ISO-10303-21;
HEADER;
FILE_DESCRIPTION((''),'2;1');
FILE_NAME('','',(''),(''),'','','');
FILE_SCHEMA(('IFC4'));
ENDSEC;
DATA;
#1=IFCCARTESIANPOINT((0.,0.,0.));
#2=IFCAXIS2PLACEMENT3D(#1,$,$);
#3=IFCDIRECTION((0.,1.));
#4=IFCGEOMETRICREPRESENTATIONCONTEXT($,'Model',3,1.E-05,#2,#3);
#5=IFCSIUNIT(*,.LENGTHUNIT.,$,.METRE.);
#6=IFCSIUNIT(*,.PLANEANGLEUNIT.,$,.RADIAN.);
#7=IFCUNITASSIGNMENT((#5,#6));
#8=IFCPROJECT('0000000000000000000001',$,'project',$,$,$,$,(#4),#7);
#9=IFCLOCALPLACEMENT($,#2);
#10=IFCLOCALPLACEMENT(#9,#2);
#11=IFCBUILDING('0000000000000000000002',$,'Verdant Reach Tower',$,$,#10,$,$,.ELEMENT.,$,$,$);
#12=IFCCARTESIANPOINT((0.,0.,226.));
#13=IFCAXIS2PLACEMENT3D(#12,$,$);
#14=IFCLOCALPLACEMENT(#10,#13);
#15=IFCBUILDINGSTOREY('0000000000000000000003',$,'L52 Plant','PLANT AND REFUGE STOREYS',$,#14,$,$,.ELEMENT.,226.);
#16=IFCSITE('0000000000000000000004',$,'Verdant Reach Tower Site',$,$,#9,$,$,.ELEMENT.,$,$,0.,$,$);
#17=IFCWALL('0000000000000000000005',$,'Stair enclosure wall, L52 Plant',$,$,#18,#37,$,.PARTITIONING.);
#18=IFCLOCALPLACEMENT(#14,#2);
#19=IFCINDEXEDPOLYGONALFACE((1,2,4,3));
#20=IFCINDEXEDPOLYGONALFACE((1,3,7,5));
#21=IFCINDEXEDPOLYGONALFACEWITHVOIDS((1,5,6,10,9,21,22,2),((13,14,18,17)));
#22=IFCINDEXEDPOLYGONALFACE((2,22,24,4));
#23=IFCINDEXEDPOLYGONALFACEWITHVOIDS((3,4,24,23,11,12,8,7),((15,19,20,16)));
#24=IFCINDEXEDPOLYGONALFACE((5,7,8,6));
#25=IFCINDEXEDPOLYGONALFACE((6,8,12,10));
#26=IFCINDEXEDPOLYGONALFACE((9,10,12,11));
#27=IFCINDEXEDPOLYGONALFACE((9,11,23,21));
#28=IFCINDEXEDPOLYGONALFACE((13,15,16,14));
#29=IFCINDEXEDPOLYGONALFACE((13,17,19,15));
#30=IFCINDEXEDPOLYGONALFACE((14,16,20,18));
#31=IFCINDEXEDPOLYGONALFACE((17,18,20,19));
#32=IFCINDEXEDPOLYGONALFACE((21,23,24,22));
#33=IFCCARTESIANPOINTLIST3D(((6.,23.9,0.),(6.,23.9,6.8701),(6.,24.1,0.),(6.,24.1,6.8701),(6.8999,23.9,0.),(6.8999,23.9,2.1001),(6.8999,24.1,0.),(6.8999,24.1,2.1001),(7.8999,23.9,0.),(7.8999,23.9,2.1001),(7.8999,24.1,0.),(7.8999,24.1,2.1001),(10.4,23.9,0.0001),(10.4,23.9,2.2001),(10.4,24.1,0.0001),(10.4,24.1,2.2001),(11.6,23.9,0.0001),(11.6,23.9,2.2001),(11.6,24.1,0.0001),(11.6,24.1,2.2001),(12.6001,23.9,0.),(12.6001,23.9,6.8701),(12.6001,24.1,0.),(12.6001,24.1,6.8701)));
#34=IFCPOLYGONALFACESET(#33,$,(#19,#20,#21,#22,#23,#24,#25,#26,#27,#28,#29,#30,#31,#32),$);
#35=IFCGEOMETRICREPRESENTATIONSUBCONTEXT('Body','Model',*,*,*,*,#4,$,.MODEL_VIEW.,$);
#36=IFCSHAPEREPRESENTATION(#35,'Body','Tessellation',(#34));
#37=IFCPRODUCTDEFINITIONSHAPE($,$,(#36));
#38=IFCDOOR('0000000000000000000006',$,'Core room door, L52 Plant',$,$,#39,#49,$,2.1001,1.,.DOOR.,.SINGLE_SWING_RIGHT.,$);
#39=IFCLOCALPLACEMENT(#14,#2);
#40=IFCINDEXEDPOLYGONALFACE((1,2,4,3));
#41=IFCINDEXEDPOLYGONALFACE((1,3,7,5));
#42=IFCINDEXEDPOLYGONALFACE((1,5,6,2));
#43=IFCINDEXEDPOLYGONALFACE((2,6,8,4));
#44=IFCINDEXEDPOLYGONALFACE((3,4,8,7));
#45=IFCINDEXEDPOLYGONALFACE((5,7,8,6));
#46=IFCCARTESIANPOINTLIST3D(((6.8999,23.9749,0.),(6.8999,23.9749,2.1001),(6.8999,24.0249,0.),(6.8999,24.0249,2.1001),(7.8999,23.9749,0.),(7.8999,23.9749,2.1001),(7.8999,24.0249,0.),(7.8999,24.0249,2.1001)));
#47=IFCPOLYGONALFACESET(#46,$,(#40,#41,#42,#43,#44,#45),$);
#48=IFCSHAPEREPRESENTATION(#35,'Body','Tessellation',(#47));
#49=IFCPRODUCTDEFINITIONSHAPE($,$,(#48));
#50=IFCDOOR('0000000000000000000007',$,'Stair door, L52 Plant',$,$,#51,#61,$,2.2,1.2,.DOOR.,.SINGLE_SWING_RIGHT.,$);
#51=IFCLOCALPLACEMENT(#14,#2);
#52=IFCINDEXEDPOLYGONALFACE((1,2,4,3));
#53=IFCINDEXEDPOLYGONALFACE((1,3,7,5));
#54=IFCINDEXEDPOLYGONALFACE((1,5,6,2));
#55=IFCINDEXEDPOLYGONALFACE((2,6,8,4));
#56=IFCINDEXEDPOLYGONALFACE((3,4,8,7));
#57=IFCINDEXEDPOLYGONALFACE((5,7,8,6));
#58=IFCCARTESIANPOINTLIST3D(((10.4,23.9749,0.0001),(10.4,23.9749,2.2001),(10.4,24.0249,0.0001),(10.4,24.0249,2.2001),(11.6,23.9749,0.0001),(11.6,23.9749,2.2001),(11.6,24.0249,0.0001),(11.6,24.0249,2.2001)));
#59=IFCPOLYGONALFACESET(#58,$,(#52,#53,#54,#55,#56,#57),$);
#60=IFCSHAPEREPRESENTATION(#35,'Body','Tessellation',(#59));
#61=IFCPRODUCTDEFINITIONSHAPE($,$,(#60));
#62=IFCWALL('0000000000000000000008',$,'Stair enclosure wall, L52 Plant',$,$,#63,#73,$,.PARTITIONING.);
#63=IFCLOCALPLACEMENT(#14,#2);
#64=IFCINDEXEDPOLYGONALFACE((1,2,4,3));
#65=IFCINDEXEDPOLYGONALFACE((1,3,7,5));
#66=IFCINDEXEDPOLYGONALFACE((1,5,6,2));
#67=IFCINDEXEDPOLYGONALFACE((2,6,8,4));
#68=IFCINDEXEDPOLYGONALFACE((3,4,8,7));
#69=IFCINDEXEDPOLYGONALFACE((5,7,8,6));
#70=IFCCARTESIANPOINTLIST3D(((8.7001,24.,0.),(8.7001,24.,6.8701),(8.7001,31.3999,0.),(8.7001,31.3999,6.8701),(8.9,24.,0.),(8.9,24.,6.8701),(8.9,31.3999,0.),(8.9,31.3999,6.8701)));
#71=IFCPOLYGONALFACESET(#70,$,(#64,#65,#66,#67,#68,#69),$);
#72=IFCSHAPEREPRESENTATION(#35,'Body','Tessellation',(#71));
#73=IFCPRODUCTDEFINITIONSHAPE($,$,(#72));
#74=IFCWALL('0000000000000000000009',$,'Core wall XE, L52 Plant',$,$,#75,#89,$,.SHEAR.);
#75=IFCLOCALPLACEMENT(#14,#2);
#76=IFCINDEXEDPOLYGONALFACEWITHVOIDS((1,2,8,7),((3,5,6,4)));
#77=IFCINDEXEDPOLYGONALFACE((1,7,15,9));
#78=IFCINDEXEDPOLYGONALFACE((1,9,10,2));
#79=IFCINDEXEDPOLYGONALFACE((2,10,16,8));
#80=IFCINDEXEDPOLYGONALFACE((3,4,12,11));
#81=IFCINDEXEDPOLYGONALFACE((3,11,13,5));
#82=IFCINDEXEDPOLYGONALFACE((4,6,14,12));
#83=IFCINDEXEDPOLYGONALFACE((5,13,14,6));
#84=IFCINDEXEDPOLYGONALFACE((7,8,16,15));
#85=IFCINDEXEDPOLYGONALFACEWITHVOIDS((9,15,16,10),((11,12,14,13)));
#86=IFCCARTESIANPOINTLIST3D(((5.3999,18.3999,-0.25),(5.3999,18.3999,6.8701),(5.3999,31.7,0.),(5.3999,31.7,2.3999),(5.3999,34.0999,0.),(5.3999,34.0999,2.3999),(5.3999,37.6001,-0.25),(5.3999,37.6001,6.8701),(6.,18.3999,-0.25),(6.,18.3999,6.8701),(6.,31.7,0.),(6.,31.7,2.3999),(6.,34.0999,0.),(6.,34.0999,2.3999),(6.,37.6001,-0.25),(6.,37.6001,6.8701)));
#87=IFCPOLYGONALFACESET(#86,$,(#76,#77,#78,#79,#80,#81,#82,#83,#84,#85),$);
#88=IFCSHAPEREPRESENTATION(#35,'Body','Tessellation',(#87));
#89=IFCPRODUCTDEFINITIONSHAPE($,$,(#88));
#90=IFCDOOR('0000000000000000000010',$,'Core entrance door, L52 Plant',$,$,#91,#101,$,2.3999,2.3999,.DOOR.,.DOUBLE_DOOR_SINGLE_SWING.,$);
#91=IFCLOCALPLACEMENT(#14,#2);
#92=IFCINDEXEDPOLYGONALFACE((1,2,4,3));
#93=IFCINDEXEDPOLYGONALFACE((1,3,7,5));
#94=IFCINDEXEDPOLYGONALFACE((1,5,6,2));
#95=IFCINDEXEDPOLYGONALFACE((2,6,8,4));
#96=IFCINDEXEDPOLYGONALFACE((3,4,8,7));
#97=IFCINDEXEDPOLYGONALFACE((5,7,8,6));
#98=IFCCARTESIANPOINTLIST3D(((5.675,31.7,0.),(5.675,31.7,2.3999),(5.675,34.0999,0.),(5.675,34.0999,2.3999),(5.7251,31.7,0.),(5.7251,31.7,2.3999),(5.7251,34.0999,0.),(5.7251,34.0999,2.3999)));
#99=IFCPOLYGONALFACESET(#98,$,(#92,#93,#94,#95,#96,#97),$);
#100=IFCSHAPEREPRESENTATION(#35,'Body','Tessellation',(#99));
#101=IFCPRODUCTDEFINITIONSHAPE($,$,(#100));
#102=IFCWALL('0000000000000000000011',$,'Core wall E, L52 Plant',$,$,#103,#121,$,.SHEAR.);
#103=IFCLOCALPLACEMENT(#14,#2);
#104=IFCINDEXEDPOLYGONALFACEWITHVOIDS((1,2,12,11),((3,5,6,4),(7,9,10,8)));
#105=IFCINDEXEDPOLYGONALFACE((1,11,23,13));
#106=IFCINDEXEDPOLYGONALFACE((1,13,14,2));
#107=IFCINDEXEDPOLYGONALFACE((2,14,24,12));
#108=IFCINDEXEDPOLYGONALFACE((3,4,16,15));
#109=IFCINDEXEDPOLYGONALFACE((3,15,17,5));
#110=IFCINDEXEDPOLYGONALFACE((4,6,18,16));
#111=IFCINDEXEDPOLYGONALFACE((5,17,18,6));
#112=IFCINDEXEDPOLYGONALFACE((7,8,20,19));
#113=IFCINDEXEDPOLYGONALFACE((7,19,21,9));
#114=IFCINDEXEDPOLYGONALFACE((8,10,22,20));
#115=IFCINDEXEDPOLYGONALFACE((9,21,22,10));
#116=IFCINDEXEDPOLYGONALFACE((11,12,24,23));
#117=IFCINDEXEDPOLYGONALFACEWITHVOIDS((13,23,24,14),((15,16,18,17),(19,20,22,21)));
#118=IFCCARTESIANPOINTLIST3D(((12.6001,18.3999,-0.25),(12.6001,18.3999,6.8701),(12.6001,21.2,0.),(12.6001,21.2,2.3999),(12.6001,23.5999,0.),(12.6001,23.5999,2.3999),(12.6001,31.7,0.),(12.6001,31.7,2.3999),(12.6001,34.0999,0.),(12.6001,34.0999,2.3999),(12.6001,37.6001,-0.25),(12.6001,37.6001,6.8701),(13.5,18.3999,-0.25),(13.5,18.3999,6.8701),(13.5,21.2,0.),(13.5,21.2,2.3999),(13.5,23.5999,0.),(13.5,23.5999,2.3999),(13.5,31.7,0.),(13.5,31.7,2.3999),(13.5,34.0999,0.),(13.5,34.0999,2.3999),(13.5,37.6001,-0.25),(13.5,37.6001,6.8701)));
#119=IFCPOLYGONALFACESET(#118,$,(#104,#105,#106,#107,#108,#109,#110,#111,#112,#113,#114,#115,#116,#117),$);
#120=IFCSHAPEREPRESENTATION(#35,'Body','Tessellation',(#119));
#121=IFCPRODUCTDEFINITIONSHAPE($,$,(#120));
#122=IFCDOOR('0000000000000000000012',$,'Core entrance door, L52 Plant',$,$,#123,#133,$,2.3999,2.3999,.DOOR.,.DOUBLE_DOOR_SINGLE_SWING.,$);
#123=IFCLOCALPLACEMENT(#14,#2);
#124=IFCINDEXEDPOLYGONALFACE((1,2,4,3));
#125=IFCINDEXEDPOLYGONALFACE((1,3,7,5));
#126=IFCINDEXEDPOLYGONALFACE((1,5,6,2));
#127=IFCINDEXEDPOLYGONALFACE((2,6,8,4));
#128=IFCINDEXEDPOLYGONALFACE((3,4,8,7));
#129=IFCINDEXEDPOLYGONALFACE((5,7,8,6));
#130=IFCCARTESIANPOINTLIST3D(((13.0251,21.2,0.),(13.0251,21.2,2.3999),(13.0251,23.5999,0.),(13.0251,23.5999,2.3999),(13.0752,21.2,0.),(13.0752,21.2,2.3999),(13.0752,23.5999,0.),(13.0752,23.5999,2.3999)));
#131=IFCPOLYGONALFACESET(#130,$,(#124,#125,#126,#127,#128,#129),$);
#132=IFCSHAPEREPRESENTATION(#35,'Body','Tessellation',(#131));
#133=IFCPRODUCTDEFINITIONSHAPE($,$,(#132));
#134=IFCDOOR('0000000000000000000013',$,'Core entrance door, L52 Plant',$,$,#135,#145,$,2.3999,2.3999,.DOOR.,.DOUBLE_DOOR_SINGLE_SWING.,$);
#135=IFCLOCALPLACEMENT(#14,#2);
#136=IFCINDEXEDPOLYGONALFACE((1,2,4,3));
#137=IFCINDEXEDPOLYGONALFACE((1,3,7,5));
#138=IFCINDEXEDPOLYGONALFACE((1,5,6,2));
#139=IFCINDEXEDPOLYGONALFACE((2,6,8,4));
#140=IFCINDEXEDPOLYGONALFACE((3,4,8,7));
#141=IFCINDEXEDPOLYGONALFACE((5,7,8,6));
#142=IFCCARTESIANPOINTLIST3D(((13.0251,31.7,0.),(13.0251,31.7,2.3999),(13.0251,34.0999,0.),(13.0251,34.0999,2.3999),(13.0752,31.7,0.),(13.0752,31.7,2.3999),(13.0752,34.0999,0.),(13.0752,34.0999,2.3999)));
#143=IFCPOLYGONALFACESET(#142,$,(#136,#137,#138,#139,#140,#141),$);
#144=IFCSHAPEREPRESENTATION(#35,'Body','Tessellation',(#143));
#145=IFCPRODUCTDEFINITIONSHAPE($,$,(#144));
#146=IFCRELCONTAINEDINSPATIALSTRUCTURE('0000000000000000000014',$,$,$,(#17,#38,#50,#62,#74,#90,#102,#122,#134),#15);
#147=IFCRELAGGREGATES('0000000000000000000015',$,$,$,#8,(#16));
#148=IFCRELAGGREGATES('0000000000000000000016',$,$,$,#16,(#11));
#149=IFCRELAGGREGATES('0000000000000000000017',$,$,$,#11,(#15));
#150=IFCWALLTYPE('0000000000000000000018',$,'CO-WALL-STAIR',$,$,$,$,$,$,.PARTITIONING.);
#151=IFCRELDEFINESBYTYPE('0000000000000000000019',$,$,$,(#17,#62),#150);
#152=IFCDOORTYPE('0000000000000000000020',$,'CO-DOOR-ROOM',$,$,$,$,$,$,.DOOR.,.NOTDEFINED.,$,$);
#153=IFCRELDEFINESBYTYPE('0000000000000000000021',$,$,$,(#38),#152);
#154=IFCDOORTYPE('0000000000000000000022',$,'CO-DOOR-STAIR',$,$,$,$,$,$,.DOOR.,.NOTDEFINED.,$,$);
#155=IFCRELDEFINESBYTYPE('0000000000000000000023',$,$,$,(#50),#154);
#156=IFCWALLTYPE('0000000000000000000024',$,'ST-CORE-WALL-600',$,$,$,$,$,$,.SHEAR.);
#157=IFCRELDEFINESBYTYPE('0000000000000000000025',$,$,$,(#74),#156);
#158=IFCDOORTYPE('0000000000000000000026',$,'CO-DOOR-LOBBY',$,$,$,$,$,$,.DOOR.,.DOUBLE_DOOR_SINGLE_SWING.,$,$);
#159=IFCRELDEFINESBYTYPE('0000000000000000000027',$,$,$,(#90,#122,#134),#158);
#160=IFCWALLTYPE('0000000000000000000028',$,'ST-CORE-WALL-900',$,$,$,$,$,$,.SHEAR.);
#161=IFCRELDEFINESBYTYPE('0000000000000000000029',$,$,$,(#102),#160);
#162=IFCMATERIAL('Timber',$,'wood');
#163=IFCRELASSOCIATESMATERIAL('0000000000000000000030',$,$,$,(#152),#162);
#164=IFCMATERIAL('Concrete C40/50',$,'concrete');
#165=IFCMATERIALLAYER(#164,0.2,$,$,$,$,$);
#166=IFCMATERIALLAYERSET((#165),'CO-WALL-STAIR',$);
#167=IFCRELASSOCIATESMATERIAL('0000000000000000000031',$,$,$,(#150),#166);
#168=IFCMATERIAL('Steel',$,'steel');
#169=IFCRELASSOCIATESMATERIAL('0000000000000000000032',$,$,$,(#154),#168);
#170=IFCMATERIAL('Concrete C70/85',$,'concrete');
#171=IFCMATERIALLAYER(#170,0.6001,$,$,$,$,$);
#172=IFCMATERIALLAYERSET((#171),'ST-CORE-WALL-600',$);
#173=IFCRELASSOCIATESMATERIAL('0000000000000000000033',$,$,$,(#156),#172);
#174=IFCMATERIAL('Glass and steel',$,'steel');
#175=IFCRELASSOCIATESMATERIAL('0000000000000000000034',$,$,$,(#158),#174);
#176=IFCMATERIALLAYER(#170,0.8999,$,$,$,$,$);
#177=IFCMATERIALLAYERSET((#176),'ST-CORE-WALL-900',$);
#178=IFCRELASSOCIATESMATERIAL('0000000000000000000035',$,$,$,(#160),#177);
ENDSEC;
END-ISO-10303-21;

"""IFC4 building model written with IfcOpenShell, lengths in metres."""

from ifc_helpers import new_model, si_unit, direction, frame, frame_2d, origin, place, context, subcontext, project, spatial, rectangle, extrude, material, layer, layer_set, type_object, element, fill, save


model = new_model("IFC4")

# Units and contexts
model_context = context("Model", 3, precision=1e-05, world=origin(), true_north=direction((0.0, 1.0)))
body_context = subcontext(model_context, "Body", "Model", "MODEL_VIEW")
ifc_project = project(units=[si_unit("LENGTHUNIT", "METRE"), si_unit("PLANEANGLEUNIT", "RADIAN")], contexts=[model_context])

# Site, building, storey
site_placement = place(None, origin())
site = spatial("IfcSite", under=ifc_project, at=site_placement, Name="Verdant Reach Tower Site", CompositionType="ELEMENT", RefElevation=0.0)
building_placement = place(site_placement, origin())
building = spatial("IfcBuilding", under=site, at=building_placement, Name="Verdant Reach Tower", CompositionType="ELEMENT")
storey_placement = place(building_placement, frame((0.0, 0.0, 226.0)))
storey = spatial("IfcBuildingStorey", under=building, at=storey_placement, Name="L52 Plant", Description="PLANT AND REFUGE STOREYS", CompositionType="ELEMENT", Elevation=226.0)

# Shared definitions
ifc_material_1 = material(Name="Timber", Category="wood")
door_type_1 = type_object("IfcDoorType", Name="CO-DOOR-ROOM", OperationType="NOTDEFINED", PredefinedType="DOOR", material=ifc_material_1)

# Shared definitions
ifc_material_2 = material(Name="Concrete C40/50", Category="concrete")

# Wall, openings, doors
ifc_layer_1 = layer(ifc_material_2, 0.2)
ifc_layer_set_1 = layer_set([ifc_layer_1], Name="CO-WALL-STAIR")
wall_type_1 = type_object("IfcWallType", Name="CO-WALL-STAIR", PredefinedType="PARTITIONING", material=ifc_layer_set_1)
wall_1_placement = place(storey_placement, frame((6.0, 24.0, 0.0), z_axis=(0.0, 0.0, 1.0), x_axis=(1.0, 0.0, 0.0)))
wall_1 = element("IfcWall", 1, at=wall_1_placement, inside=storey, type_object=wall_type_1, Name="Stair enclosure wall, L52 Plant", PredefinedType="PARTITIONING", context=body_context, shape_type="SweptSolid", body=[
    extrude(rectangle(XDim=6.6001, YDim=0.2, at=frame_2d((3.3, 0.0))), origin(), (0.0, 0.0, 1.0), 6.8701),
])
opening_1_placement = place(wall_1_placement, frame((0.8999, 0.0, 0.0)))
opening_1 = element("IfcOpeningElement", 2, at=opening_1_placement, cuts=wall_1, PredefinedType="OPENING", context=body_context, shape_type="SweptSolid", body=[
    extrude(rectangle(XDim=1.0, YDim=2.1001, at=frame_2d((0.5, 1.05))), frame((0.0, 0.1099, 0.0), z_axis=(0.0, -1.0, 0.0), x_axis=(1.0, 0.0, 0.0)), (0.0, 0.0, 1.0), 0.22),
])
opening_2_placement = place(wall_1_placement, frame((4.3999, 0.0, 0.0)))
opening_2 = element("IfcOpeningElement", 3, at=opening_2_placement, cuts=wall_1, PredefinedType="OPENING", context=body_context, shape_type="SweptSolid", body=[
    extrude(rectangle(XDim=1.2, YDim=2.2, at=frame_2d((0.6001, 1.1001))), frame((0.0, 0.1099, 0.0), z_axis=(0.0, -1.0, 0.0), x_axis=(1.0, 0.0, 0.0)), (0.0, 0.0, 1.0), 0.22),
])
door_1_placement = place(opening_1_placement, origin())
door_1 = element("IfcDoor", 4, at=door_1_placement, inside=storey, type_object=door_type_1, Name="Core room door, L52 Plant", OperationType="SINGLE_SWING_RIGHT", OverallHeight=2.1001, OverallWidth=1.0, PredefinedType="DOOR", context=body_context, shape_type="SweptSolid", body=[
    extrude(rectangle(XDim=1.0, YDim=2.1001, at=frame_2d((0.5, 1.05))), frame((0.0, 0.0249, 0.0), z_axis=(0.0, -1.0, 0.0), x_axis=(1.0, 0.0, 0.0)), (0.0, 0.0, 1.0), 0.05),
])
fill(opening_1, door_1)
ifc_material_3 = material(Name="Steel", Category="steel")
door_type_2 = type_object("IfcDoorType", Name="CO-DOOR-STAIR", OperationType="NOTDEFINED", PredefinedType="DOOR", material=ifc_material_3)
door_2_placement = place(opening_2_placement, origin())
door_2 = element("IfcDoor", 5, at=door_2_placement, inside=storey, type_object=door_type_2, Name="Stair door, L52 Plant", OperationType="SINGLE_SWING_RIGHT", OverallHeight=2.2, OverallWidth=1.2, PredefinedType="DOOR", context=body_context, shape_type="SweptSolid", body=[
    extrude(rectangle(XDim=1.2, YDim=2.2, at=frame_2d((0.6001, 1.1001))), frame((0.0, 0.0249, 0.0), z_axis=(0.0, -1.0, 0.0), x_axis=(1.0, 0.0, 0.0)), (0.0, 0.0, 1.0), 0.05),
])
fill(opening_2, door_2)

# Wall
wall_2_placement = place(storey_placement, frame((8.8, 24.0, 0.0), z_axis=(0.0, 0.0, 1.0), x_axis=(0.0, 1.0, 0.0)))
element("IfcWall", 6, at=wall_2_placement, inside=storey, type_object=wall_type_1, Name="Stair enclosure wall, L52 Plant", PredefinedType="PARTITIONING", context=body_context, shape_type="SweptSolid", body=[
    extrude(rectangle(XDim=7.3999, YDim=0.2, at=frame_2d((3.7, 0.0))), origin(), (0.0, 0.0, 1.0), 6.8701),
])

# Wall, opening, door
ifc_material_4 = material(Name="Concrete C70/85", Category="concrete")
ifc_layer_2 = layer(ifc_material_4, 0.6001)
ifc_layer_set_2 = layer_set([ifc_layer_2], Name="ST-CORE-WALL-600")
wall_type_2 = type_object("IfcWallType", Name="ST-CORE-WALL-600", PredefinedType="SHEAR", material=ifc_layer_set_2)
wall_3_placement = place(storey_placement, frame((5.7, 18.3999, -0.25), z_axis=(0.0, 0.0, 1.0), x_axis=(0.0, 1.0, 0.0)))
wall_3 = element("IfcWall", 7, at=wall_3_placement, inside=storey, type_object=wall_type_2, Name="Core wall XE, L52 Plant", PredefinedType="SHEAR", context=body_context, shape_type="SweptSolid", body=[
    extrude(rectangle(XDim=19.2002, YDim=0.6001, at=frame_2d((9.6001, 0.0))), origin(), (0.0, 0.0, 1.0), 7.1201),
])
opening_3_placement = place(wall_3_placement, frame((13.3, 0.0, 0.25)))
opening_3 = element("IfcOpeningElement", 8, at=opening_3_placement, cuts=wall_3, PredefinedType="OPENING", context=body_context, shape_type="SweptSolid", body=[
    extrude(rectangle(XDim=2.3999, YDim=2.3999, at=frame_2d((1.2, 1.2))), frame((0.0, 0.3101, 0.0), z_axis=(0.0, -1.0, 0.0), x_axis=(1.0, 0.0, 0.0)), (0.0, 0.0, 1.0), 0.6201),
])
ifc_material_5 = material(Name="Glass and steel", Category="steel")
door_type_3 = type_object("IfcDoorType", Name="CO-DOOR-LOBBY", OperationType="DOUBLE_DOOR_SINGLE_SWING", PredefinedType="DOOR", material=ifc_material_5)
door_3_placement = place(opening_3_placement, origin())
door_3 = element("IfcDoor", 9, at=door_3_placement, inside=storey, type_object=door_type_3, Name="Core entrance door, L52 Plant", OperationType="DOUBLE_DOOR_SINGLE_SWING", OverallHeight=2.3999, OverallWidth=2.3999, PredefinedType="DOOR", context=body_context, shape_type="SweptSolid", body=[
    extrude(rectangle(XDim=2.3999, YDim=2.3999, at=frame_2d((1.2, 1.2))), frame((0.0, 0.0249, 0.0), z_axis=(0.0, -1.0, 0.0), x_axis=(1.0, 0.0, 0.0)), (0.0, 0.0, 1.0), 0.05),
])
fill(opening_3, door_3)

# Wall, openings, doors
ifc_layer_3 = layer(ifc_material_4, 0.8999)
ifc_layer_set_3 = layer_set([ifc_layer_3], Name="ST-CORE-WALL-900")
wall_type_3 = type_object("IfcWallType", Name="ST-CORE-WALL-900", PredefinedType="SHEAR", material=ifc_layer_set_3)
wall_4_placement = place(storey_placement, frame((13.05, 18.3999, -0.25), z_axis=(0.0, 0.0, 1.0), x_axis=(0.0, 1.0, 0.0)))
wall_4 = element("IfcWall", 10, at=wall_4_placement, inside=storey, type_object=wall_type_3, Name="Core wall E, L52 Plant", PredefinedType="SHEAR", context=body_context, shape_type="SweptSolid", body=[
    extrude(rectangle(XDim=19.2002, YDim=0.8999, at=frame_2d((9.6001, 0.0))), origin(), (0.0, 0.0, 1.0), 7.1201),
])
opening_4_placement = place(wall_4_placement, frame((2.8, 0.0, 0.25)))
opening_4 = element("IfcOpeningElement", 11, at=opening_4_placement, cuts=wall_4, PredefinedType="OPENING", context=body_context, shape_type="SweptSolid", body=[
    extrude(rectangle(XDim=2.3999, YDim=2.3999, at=frame_2d((1.2, 1.2))), frame((0.0, 0.46, 0.0), z_axis=(0.0, -1.0, 0.0), x_axis=(1.0, 0.0, 0.0)), (0.0, 0.0, 1.0), 0.9199),
])
opening_5_placement = place(wall_4_placement, frame((13.3, 0.0, 0.25)))
opening_5 = element("IfcOpeningElement", 12, at=opening_5_placement, cuts=wall_4, PredefinedType="OPENING", context=body_context, shape_type="SweptSolid", body=[
    extrude(rectangle(XDim=2.3999, YDim=2.3999, at=frame_2d((1.2, 1.2))), frame((0.0, 0.46, 0.0), z_axis=(0.0, -1.0, 0.0), x_axis=(1.0, 0.0, 0.0)), (0.0, 0.0, 1.0), 0.9199),
])
door_4_placement = place(opening_4_placement, origin())
door_4 = element("IfcDoor", 13, at=door_4_placement, inside=storey, type_object=door_type_3, Name="Core entrance door, L52 Plant", OperationType="DOUBLE_DOOR_SINGLE_SWING", OverallHeight=2.3999, OverallWidth=2.3999, PredefinedType="DOOR", context=body_context, shape_type="SweptSolid", body=[
    extrude(rectangle(XDim=2.3999, YDim=2.3999, at=frame_2d((1.2, 1.2))), frame((0.0, 0.0249, 0.0), z_axis=(0.0, -1.0, 0.0), x_axis=(1.0, 0.0, 0.0)), (0.0, 0.0, 1.0), 0.05),
])
fill(opening_4, door_4)
door_5_placement = place(opening_5_placement, origin())
door_5 = element("IfcDoor", 14, at=door_5_placement, inside=storey, type_object=door_type_3, Name="Core entrance door, L52 Plant", OperationType="DOUBLE_DOOR_SINGLE_SWING", OverallHeight=2.3999, OverallWidth=2.3999, PredefinedType="DOOR", context=body_context, shape_type="SweptSolid", body=[
    extrude(rectangle(XDim=2.3999, YDim=2.3999, at=frame_2d((1.2, 1.2))), frame((0.0, 0.0249, 0.0), z_axis=(0.0, -1.0, 0.0), x_axis=(1.0, 0.0, 0.0)), (0.0, 0.0, 1.0), 0.05),
])
fill(opening_5, door_5)

save(model, "model.ifc")
